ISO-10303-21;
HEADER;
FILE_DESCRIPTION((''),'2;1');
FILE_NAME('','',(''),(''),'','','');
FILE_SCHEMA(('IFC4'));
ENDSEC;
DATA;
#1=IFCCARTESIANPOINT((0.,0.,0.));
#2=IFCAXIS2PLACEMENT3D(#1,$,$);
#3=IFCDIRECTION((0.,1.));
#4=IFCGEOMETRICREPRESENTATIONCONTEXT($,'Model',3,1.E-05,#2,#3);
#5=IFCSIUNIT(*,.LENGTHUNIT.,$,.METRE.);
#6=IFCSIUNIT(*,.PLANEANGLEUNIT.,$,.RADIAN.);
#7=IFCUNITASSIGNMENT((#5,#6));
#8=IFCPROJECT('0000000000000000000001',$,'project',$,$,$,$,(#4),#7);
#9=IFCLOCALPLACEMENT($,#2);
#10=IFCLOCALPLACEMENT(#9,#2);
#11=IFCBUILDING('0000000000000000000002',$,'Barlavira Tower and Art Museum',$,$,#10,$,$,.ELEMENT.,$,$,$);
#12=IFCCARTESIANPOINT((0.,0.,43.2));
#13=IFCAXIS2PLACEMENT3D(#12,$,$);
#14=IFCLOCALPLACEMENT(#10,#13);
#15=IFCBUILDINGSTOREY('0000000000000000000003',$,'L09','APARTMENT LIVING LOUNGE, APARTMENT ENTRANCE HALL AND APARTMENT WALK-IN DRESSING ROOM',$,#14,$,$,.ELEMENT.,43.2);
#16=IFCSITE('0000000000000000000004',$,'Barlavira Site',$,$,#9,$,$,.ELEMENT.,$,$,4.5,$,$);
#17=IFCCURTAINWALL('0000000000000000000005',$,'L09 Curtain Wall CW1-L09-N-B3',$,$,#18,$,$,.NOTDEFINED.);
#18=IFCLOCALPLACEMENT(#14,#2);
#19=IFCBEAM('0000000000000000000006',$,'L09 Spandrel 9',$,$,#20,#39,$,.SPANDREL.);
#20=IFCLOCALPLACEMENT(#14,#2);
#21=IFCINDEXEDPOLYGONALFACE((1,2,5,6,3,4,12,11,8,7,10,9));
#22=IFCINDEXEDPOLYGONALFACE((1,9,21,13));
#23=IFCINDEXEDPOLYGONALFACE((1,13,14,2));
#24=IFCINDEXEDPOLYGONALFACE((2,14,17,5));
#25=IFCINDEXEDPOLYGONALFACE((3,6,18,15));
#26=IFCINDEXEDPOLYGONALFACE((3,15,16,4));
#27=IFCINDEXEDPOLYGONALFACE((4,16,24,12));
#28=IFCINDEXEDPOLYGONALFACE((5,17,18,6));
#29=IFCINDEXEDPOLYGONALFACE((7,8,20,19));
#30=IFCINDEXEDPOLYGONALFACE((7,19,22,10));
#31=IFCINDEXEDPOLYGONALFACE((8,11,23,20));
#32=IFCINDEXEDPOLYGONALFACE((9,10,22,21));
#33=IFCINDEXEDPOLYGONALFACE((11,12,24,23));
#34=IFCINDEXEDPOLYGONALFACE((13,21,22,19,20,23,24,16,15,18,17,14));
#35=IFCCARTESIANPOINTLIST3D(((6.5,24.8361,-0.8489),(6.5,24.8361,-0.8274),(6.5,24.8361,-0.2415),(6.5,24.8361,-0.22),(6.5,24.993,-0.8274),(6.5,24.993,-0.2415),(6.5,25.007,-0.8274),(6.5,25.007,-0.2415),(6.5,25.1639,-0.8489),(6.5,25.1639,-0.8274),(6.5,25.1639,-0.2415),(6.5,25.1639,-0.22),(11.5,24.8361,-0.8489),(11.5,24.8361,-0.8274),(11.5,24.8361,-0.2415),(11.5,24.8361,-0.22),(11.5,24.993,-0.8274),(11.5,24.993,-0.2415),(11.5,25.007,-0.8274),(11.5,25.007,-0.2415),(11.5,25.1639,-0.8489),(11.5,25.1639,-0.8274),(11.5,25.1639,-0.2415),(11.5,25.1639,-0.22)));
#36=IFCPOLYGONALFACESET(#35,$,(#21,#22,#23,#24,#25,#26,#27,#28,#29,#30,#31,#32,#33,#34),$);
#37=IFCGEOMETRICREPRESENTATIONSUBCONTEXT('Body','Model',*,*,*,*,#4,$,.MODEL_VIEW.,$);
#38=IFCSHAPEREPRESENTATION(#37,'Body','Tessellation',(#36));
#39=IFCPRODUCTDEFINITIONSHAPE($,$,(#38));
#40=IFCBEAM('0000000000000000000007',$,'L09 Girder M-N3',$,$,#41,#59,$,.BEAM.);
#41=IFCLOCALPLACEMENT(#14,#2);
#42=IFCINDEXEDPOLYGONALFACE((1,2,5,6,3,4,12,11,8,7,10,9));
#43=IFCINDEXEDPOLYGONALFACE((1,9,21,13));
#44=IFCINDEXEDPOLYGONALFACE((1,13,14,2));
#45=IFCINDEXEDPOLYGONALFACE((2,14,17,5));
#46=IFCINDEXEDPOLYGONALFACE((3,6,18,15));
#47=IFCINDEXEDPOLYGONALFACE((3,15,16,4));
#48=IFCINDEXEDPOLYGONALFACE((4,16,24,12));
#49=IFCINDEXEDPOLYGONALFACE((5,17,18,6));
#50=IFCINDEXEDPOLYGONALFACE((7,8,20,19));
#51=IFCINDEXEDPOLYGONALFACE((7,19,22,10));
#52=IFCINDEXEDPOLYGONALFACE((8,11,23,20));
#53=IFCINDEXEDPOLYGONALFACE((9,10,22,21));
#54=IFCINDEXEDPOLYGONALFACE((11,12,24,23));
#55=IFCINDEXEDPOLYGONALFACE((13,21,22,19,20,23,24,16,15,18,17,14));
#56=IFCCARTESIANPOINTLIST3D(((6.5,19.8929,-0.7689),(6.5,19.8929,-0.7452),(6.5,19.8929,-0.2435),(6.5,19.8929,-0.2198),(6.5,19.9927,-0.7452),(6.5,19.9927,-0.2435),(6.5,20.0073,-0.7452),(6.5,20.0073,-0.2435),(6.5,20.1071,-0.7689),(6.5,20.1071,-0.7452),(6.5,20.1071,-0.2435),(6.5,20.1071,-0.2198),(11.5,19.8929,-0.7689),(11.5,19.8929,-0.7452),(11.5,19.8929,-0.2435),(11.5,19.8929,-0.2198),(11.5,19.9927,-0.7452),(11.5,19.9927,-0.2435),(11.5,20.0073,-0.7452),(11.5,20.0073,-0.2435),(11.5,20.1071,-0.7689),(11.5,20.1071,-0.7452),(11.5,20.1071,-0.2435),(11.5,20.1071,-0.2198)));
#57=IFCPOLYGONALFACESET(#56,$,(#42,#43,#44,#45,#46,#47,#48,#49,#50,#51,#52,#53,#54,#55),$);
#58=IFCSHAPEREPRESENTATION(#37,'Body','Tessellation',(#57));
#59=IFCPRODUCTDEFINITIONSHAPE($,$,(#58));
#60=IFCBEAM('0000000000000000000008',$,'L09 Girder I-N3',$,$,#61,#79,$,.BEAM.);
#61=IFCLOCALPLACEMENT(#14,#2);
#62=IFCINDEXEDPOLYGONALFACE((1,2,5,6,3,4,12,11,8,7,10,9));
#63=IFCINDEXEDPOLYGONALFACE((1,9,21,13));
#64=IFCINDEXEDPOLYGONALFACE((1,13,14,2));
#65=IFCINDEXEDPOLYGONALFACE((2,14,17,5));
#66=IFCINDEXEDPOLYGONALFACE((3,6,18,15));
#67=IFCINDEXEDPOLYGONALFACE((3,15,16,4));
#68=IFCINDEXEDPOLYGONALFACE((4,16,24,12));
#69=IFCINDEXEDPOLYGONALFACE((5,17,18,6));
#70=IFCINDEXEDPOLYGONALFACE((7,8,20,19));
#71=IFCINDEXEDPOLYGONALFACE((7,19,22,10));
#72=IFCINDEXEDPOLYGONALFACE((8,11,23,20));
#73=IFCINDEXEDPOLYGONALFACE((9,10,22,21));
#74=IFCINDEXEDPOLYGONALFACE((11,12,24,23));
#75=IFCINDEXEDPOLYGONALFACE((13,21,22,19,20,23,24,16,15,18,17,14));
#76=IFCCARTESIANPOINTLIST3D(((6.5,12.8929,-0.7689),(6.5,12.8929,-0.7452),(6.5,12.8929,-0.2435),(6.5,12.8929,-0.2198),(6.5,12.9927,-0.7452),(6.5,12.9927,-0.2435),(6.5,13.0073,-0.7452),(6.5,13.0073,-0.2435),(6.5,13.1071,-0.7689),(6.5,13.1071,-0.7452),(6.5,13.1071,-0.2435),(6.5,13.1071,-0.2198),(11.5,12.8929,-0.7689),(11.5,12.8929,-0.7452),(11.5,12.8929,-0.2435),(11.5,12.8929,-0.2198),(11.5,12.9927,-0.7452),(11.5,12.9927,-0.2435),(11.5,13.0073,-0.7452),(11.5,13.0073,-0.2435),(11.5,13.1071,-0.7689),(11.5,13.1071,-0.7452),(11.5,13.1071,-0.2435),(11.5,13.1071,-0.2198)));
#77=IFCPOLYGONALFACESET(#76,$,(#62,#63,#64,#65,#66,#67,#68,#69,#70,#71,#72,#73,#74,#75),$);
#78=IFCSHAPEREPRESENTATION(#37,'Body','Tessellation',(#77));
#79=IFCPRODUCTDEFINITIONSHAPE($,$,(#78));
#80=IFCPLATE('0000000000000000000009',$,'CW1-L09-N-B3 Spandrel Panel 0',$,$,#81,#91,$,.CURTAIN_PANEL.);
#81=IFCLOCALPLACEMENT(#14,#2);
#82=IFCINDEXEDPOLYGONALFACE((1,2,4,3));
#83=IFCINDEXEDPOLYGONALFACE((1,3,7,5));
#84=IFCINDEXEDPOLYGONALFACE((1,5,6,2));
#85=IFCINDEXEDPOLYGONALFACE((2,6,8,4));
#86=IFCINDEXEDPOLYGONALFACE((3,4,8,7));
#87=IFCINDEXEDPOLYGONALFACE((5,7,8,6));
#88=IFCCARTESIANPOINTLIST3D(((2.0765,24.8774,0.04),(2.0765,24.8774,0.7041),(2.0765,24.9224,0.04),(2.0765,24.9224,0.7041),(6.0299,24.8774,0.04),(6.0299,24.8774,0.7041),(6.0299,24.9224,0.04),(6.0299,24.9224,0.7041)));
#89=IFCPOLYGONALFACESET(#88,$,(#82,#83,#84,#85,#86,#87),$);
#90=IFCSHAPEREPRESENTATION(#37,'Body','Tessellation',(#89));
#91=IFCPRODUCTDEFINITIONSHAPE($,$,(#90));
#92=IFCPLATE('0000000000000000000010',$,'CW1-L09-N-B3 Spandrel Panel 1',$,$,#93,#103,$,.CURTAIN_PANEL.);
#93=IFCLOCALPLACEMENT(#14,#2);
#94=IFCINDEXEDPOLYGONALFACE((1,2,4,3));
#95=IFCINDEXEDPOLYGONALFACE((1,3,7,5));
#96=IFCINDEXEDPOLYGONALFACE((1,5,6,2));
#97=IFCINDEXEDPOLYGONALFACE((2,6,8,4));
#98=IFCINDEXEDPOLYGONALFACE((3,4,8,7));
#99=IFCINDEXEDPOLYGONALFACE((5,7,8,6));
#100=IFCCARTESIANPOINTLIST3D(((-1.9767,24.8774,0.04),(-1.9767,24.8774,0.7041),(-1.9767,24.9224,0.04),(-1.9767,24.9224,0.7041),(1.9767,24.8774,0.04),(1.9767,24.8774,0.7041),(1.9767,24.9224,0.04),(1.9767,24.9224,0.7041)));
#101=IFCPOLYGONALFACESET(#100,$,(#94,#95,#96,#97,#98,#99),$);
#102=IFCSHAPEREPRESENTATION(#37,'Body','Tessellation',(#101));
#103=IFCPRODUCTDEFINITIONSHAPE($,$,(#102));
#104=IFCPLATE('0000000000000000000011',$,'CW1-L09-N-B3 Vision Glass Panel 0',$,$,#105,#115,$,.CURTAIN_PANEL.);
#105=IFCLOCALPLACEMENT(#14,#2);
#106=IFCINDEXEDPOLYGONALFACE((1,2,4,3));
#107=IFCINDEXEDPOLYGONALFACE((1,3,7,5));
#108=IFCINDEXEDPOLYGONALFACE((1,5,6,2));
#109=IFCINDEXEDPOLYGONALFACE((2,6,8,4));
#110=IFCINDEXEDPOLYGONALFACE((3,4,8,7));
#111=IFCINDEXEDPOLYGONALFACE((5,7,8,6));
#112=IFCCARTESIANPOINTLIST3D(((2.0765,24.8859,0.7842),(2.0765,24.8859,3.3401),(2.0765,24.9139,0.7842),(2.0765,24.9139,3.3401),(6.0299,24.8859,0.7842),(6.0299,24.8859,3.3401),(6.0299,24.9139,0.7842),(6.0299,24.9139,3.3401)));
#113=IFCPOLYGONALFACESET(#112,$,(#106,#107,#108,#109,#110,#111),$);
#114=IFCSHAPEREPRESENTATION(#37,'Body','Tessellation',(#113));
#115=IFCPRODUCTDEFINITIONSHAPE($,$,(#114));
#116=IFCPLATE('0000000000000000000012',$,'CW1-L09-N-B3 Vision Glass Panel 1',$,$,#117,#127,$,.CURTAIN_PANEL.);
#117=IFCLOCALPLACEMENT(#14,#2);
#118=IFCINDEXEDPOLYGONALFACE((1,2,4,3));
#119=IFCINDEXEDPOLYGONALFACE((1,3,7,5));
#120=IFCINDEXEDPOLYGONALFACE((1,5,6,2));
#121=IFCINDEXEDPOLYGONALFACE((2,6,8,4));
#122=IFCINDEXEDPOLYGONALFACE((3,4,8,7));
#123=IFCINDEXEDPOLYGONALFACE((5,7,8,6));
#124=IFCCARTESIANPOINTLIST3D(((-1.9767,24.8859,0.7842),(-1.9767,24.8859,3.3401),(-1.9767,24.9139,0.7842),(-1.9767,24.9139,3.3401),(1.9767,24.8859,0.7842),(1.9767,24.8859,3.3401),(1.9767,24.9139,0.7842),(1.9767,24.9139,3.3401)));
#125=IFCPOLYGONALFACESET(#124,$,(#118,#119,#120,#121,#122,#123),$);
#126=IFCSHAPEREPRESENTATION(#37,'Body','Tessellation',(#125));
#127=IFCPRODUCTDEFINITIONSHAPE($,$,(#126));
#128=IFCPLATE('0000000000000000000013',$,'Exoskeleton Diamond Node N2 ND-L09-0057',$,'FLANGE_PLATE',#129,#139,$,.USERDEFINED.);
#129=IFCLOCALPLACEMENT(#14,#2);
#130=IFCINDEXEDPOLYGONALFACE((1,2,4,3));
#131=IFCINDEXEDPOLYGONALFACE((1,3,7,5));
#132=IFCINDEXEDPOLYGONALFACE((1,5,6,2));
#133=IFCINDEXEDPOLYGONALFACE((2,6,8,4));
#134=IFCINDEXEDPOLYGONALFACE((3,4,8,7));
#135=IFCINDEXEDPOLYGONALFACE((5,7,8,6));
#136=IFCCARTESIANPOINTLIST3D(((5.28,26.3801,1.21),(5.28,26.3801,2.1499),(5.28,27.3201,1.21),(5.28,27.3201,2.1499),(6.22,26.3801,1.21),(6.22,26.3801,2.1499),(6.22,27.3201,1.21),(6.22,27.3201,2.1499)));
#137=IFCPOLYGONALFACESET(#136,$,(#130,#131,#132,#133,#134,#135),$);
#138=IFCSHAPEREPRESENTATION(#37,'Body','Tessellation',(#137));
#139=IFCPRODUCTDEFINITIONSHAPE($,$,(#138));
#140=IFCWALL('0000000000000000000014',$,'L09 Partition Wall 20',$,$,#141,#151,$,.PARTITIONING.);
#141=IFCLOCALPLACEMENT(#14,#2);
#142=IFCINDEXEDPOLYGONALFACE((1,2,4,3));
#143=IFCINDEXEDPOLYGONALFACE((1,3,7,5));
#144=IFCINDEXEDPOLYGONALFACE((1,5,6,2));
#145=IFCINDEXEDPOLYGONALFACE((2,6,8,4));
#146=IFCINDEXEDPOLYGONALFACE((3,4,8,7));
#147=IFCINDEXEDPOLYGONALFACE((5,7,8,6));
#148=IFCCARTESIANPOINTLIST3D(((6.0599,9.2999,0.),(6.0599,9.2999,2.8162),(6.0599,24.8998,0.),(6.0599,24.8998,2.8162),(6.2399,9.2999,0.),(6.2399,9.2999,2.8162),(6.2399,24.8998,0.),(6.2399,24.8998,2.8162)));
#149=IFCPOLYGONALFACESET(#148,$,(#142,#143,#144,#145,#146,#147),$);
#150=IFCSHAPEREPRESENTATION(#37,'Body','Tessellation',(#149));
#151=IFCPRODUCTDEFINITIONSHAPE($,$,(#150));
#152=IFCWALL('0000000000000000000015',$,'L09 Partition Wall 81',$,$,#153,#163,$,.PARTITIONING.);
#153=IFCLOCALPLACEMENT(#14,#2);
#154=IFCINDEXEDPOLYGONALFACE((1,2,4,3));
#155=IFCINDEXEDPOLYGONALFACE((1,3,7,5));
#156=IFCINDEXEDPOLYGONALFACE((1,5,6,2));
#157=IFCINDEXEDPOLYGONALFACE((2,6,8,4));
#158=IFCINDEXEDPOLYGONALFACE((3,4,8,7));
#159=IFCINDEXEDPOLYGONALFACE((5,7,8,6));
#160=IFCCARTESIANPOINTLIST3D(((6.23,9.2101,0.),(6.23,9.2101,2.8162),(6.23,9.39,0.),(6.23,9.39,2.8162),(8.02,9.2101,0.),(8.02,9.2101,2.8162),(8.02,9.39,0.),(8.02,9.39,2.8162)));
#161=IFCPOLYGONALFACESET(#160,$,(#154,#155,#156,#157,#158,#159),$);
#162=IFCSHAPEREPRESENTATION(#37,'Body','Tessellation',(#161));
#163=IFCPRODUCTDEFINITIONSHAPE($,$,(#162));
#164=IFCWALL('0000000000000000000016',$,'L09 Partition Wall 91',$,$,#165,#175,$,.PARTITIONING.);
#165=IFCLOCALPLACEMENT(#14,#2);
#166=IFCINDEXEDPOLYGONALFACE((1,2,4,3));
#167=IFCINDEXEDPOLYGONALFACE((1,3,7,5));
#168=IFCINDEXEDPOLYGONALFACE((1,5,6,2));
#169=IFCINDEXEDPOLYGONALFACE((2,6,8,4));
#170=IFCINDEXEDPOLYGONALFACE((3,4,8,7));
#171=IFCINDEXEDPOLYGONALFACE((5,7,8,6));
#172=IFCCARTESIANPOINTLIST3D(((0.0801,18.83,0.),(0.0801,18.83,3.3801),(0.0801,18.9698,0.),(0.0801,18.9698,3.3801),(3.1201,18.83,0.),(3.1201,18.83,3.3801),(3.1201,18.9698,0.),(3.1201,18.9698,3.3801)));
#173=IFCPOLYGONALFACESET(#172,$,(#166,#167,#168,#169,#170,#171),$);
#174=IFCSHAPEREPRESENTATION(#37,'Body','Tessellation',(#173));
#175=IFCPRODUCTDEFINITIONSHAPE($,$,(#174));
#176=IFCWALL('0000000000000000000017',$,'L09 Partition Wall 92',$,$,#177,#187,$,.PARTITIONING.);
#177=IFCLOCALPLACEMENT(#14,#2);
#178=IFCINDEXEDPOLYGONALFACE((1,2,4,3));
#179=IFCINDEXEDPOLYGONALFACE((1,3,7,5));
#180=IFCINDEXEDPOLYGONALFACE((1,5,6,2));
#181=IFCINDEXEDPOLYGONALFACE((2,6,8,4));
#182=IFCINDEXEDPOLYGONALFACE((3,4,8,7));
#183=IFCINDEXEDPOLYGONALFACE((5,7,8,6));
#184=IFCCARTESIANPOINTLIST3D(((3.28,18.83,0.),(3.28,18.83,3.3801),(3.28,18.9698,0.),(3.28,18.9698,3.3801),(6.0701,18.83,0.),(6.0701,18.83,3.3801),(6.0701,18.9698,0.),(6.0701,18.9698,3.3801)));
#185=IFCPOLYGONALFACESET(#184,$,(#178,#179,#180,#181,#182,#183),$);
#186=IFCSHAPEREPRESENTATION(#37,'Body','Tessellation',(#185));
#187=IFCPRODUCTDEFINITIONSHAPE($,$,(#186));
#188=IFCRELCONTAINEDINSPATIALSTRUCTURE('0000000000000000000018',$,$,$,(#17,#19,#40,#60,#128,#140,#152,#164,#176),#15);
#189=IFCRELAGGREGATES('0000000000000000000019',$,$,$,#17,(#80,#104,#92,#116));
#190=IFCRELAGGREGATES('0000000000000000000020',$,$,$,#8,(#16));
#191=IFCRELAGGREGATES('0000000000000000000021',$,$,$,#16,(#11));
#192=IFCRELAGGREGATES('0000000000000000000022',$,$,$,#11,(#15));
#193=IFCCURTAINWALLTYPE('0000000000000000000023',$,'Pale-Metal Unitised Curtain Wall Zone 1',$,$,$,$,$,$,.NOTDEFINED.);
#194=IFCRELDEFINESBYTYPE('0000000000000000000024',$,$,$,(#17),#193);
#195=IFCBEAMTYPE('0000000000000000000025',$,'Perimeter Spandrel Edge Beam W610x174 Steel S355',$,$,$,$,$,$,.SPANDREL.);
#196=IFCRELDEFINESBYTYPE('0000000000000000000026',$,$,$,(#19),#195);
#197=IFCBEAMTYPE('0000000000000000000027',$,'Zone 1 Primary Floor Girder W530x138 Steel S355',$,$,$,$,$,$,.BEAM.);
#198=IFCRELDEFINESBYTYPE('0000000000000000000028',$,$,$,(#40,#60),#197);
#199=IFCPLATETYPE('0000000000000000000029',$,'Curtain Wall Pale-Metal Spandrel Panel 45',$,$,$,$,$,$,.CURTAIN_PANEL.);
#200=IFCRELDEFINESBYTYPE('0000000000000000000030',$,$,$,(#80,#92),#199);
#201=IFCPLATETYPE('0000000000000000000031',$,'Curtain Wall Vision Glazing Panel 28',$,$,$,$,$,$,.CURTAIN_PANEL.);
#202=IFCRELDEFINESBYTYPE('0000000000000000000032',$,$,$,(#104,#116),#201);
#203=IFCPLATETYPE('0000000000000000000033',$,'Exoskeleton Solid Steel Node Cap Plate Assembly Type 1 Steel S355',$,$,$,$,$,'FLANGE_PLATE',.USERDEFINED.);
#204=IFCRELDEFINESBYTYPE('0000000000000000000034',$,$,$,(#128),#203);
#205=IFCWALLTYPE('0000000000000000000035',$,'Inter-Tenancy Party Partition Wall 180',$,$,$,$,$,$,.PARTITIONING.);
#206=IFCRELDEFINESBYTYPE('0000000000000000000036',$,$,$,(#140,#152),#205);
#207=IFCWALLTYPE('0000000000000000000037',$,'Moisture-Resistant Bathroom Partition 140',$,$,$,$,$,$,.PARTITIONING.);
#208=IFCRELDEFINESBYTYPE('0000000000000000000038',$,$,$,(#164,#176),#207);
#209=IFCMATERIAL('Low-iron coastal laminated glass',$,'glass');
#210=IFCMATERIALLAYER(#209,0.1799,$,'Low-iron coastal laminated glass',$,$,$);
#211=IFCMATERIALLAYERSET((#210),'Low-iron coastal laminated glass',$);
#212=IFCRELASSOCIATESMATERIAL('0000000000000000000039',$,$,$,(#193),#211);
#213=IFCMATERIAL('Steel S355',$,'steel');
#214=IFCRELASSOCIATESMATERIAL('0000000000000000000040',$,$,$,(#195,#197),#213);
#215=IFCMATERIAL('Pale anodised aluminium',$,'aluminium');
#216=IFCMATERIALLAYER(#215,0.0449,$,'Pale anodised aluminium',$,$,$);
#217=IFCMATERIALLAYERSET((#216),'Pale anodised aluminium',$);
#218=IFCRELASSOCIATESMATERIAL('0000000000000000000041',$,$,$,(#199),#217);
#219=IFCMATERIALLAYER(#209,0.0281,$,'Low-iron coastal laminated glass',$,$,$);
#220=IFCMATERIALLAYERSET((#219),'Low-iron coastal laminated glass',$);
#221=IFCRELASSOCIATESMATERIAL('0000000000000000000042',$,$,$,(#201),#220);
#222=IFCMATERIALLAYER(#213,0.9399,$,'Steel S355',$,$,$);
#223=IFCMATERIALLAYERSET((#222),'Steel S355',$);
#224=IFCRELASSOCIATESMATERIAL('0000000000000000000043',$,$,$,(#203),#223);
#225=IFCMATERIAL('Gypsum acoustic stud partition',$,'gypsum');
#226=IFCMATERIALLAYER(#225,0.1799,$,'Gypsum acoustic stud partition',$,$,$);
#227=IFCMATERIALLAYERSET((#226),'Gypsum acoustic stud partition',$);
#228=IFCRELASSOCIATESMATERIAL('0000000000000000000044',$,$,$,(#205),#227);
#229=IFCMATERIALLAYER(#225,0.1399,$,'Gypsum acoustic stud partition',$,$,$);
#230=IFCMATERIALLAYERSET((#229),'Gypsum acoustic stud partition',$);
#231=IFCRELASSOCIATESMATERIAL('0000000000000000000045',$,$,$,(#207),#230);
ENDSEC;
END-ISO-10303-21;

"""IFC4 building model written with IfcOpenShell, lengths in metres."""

from ifc_helpers import new_model, si_unit, direction, frame, frame_2d, origin, origin_2d, place, context, subcontext, project, spatial, rectangle, i_section, extrude, material, layer, layer_set, material_profile, profile_set, type_object, element, aggregate, save


model = new_model("IFC4")

# Units and contexts
model_context = context("Model", 3, precision=1e-05, world=origin(), true_north=direction((0.0, 1.0)))
body_context = subcontext(model_context, "Body", "Model", "MODEL_VIEW")
ifc_project = project(units=[si_unit("LENGTHUNIT", "METRE"), si_unit("PLANEANGLEUNIT", "RADIAN")], contexts=[model_context])

# Site, building, storey
site_placement = place(None, origin())
site = spatial("IfcSite", under=ifc_project, at=site_placement, Name="Barlavira Site", CompositionType="ELEMENT", RefElevation=4.5)
building_placement = place(site_placement, origin())
building = spatial("IfcBuilding", under=site, at=building_placement, Name="Barlavira Tower and Art Museum", CompositionType="ELEMENT")
storey_placement = place(building_placement, frame((0.0, 0.0, 43.2)))
storey = spatial("IfcBuildingStorey", under=building, at=storey_placement, Name="L09", Description="APARTMENT LIVING LOUNGE, APARTMENT ENTRANCE HALL AND APARTMENT WALK-IN DRESSING ROOM", CompositionType="ELEMENT", Elevation=43.2)

# Curtain wall
ifc_material_1 = material(Name="Low-iron coastal laminated glass", Category="glass")
ifc_layer_1 = layer(ifc_material_1, 0.1799, Name="Low-iron coastal laminated glass")
ifc_layer_set_1 = layer_set([ifc_layer_1], Name="Low-iron coastal laminated glass")
curtain_wall_type = type_object("IfcCurtainWallType", Name="Pale-Metal Unitised Curtain Wall Zone 1", PredefinedType="NOTDEFINED", material=ifc_layer_set_1)
curtain_wall_placement = place(storey_placement, origin())
curtain_wall = element("IfcCurtainWall", 1, at=curtain_wall_placement, inside=storey, type_object=curtain_wall_type, Name="L09 Curtain Wall CW1-L09-N-B3", PredefinedType="NOTDEFINED")
ifc_material_2 = material(Name="Pale anodised aluminium", Category="aluminium")

# Beams
ifc_material_3 = material(Name="Steel S355", Category="steel")
ifc_material_profile_1 = material_profile(ifc_material_3, i_section(OverallWidth=0.3279, OverallDepth=0.6289, WebThickness=0.0139, FlangeThickness=0.0215, at=origin_2d()), Name="W610x174.0")
ifc_profile_set_1 = profile_set([ifc_material_profile_1], Name="Steel S355")
beam_type_1 = type_object("IfcBeamType", Name="Perimeter Spandrel Edge Beam W610x174 Steel S355", PredefinedType="SPANDREL", material=ifc_profile_set_1)
beam_placement = place(storey_placement, frame((6.5, 25.0, -0.5344), z_axis=(1.0, 0.0, 0.0), x_axis=(0.0, 1.0, 0.0)))
element("IfcBeam", 2, at=beam_placement, inside=storey, type_object=beam_type_1, Name="L09 Spandrel 9", PredefinedType="SPANDREL", context=body_context, shape_type="SweptSolid", body=[
    extrude(i_section(OverallWidth=0.3279, OverallDepth=0.6289, WebThickness=0.0139, FlangeThickness=0.0215, at=origin_2d()), origin(), (0.0, 0.0, 1.0), 5.0),
])
ifc_material_profile_2 = material_profile(ifc_material_3, i_section(OverallWidth=0.2141, OverallDepth=0.5491, WebThickness=0.0146, FlangeThickness=0.0237, at=origin_2d()), Name="W530x138.0")
ifc_profile_set_2 = profile_set([ifc_material_profile_2], Name="Steel S355")
beam_type_2 = type_object("IfcBeamType", Name="Zone 1 Primary Floor Girder W530x138 Steel S355", PredefinedType="BEAM", material=ifc_profile_set_2)
for number, where, z_axis, x_axis, name in (
    (3, (6.5, 20.0, -0.4944), (1.0, 0.0, 0.0), (0.0, 1.0, 0.0), "L09 Girder M-N3"),
    (4, (6.5, 13.0, -0.4944), (1.0, 0.0, 0.0), (0.0, 1.0, 0.0), "L09 Girder I-N3"),
):
    element("IfcBeam", number, at=place(storey_placement, frame(where, z_axis=z_axis, x_axis=x_axis)), inside=storey, type_object=beam_type_2, Name=name, PredefinedType="BEAM", context=body_context, shape_type="SweptSolid", body=[
        extrude(i_section(OverallWidth=0.2141, OverallDepth=0.5491, WebThickness=0.0146, FlangeThickness=0.0237, at=origin_2d()), origin(), (0.0, 0.0, 1.0), 5.0),
    ])

# Plates
ifc_layer_2 = layer(ifc_material_2, 0.0449, Name="Pale anodised aluminium")
ifc_layer_set_2 = layer_set([ifc_layer_2], Name="Pale anodised aluminium")
plate_type_1 = type_object("IfcPlateType", Name="Curtain Wall Pale-Metal Spandrel Panel 45", PredefinedType="CURTAIN_PANEL", material=ifc_layer_set_2)
plate_1_placement = place(storey_placement, frame((4.0532, 24.8999, 0.04), z_axis=(0.0, 0.0, 1.0), x_axis=(-1.0, 0.0, 0.0)))
plate_1 = element("IfcPlate", 5, at=plate_1_placement, type_object=plate_type_1, Name="CW1-L09-N-B3 Spandrel Panel 0", PredefinedType="CURTAIN_PANEL", context=body_context, shape_type="SweptSolid", body=[
    extrude(rectangle(XDim=3.9534, YDim=0.0449, at=origin_2d()), origin(), (0.0, 0.0, 1.0), 0.6641),
])
plate_2_placement = place(storey_placement, frame((0.0, 24.8999, 0.04), z_axis=(0.0, 0.0, 1.0), x_axis=(-1.0, 0.0, 0.0)))
plate_2 = element("IfcPlate", 6, at=plate_2_placement, type_object=plate_type_1, Name="CW1-L09-N-B3 Spandrel Panel 1", PredefinedType="CURTAIN_PANEL", context=body_context, shape_type="SweptSolid", body=[
    extrude(rectangle(XDim=3.9534, YDim=0.0449, at=origin_2d()), origin(), (0.0, 0.0, 1.0), 0.6641),
])
ifc_layer_3 = layer(ifc_material_1, 0.0281, Name="Low-iron coastal laminated glass")
ifc_layer_set_3 = layer_set([ifc_layer_3], Name="Low-iron coastal laminated glass")
plate_type_2 = type_object("IfcPlateType", Name="Curtain Wall Vision Glazing Panel 28", PredefinedType="CURTAIN_PANEL", material=ifc_layer_set_3)
plate_3_placement = place(storey_placement, frame((4.0532, 24.8999, 0.7842), z_axis=(0.0, 0.0, 1.0), x_axis=(-1.0, 0.0, 0.0)))
plate_3 = element("IfcPlate", 7, at=plate_3_placement, type_object=plate_type_2, Name="CW1-L09-N-B3 Vision Glass Panel 0", PredefinedType="CURTAIN_PANEL", context=body_context, shape_type="SweptSolid", body=[
    extrude(rectangle(XDim=3.9534, YDim=0.0281, at=origin_2d()), origin(), (0.0, 0.0, 1.0), 2.5559),
])
plate_4_placement = place(storey_placement, frame((0.0, 24.8999, 0.7842), z_axis=(0.0, 0.0, 1.0), x_axis=(-1.0, 0.0, 0.0)))
plate_4 = element("IfcPlate", 8, at=plate_4_placement, type_object=plate_type_2, Name="CW1-L09-N-B3 Vision Glass Panel 1", PredefinedType="CURTAIN_PANEL", context=body_context, shape_type="SweptSolid", body=[
    extrude(rectangle(XDim=3.9534, YDim=0.0281, at=origin_2d()), origin(), (0.0, 0.0, 1.0), 2.5559),
])
aggregate(curtain_wall, [plate_1, plate_3, plate_2, plate_4])
ifc_layer_4 = layer(ifc_material_3, 0.9399, Name="Steel S355")
ifc_layer_set_4 = layer_set([ifc_layer_4], Name="Steel S355")
plate_type_3 = type_object("IfcPlateType", Name="Exoskeleton Solid Steel Node Cap Plate Assembly Type 1 Steel S355", ElementType="FLANGE_PLATE", PredefinedType="USERDEFINED", material=ifc_layer_set_4)
plate_5_placement = place(storey_placement, frame((5.75, 26.8501, 1.21), z_axis=(0.0, 0.0, 1.0), x_axis=(1.0, 0.0, 0.0)))
element("IfcPlate", 9, at=plate_5_placement, inside=storey, type_object=plate_type_3, Name="Exoskeleton Diamond Node N2 ND-L09-0057", ObjectType="FLANGE_PLATE", PredefinedType="USERDEFINED", context=body_context, shape_type="SweptSolid", body=[
    extrude(rectangle(XDim=0.9399, YDim=0.9399, at=origin_2d()), origin(), (0.0, 0.0, 1.0), 0.9399),
])

# Walls
ifc_material_4 = material(Name="Gypsum acoustic stud partition", Category="gypsum")
ifc_layer_5 = layer(ifc_material_4, 0.1799, Name="Gypsum acoustic stud partition")
ifc_layer_set_5 = layer_set([ifc_layer_5], Name="Gypsum acoustic stud partition")
wall_type_1 = type_object("IfcWallType", Name="Inter-Tenancy Party Partition Wall 180", PredefinedType="PARTITIONING", material=ifc_layer_set_5)
wall_1_placement = place(storey_placement, frame((6.1499, 9.3, 0.0), z_axis=(0.0, 0.0, 1.0), x_axis=(0.0, 1.0, 0.0)))
element("IfcWall", 10, at=wall_1_placement, inside=storey, type_object=wall_type_1, Name="L09 Partition Wall 20", PredefinedType="PARTITIONING", context=body_context, shape_type="SweptSolid", body=[
    extrude(rectangle(XDim=15.5999, YDim=0.1799, at=frame_2d((7.7998, 0.0))), origin(), (0.0, 0.0, 1.0), 2.8162),
])
wall_2_placement = place(storey_placement, frame((6.23, 9.3, 0.0), z_axis=(0.0, 0.0, 1.0), x_axis=(1.0, 0.0, 0.0)))
element("IfcWall", 11, at=wall_2_placement, inside=storey, type_object=wall_type_1, Name="L09 Partition Wall 81", PredefinedType="PARTITIONING", context=body_context, shape_type="SweptSolid", body=[
    extrude(rectangle(XDim=1.79, YDim=0.1799, at=frame_2d((0.895, 0.0))), origin(), (0.0, 0.0, 1.0), 2.8162),
])
ifc_layer_6 = layer(ifc_material_4, 0.1399, Name="Gypsum acoustic stud partition")
ifc_layer_set_6 = layer_set([ifc_layer_6], Name="Gypsum acoustic stud partition")
wall_type_2 = type_object("IfcWallType", Name="Moisture-Resistant Bathroom Partition 140", PredefinedType="PARTITIONING", material=ifc_layer_set_6)
wall_3_placement = place(storey_placement, frame((0.0801, 18.8999, 0.0), z_axis=(0.0, 0.0, 1.0), x_axis=(1.0, 0.0, 0.0)))
element("IfcWall", 12, at=wall_3_placement, inside=storey, type_object=wall_type_2, Name="L09 Partition Wall 91", PredefinedType="PARTITIONING", context=body_context, shape_type="SweptSolid", body=[
    extrude(rectangle(XDim=3.04, YDim=0.1399, at=frame_2d((1.52, 0.0))), origin(), (0.0, 0.0, 1.0), 3.3801),
])
wall_4_placement = place(storey_placement, frame((3.28, 18.8999, 0.0), z_axis=(0.0, 0.0, 1.0), x_axis=(1.0, 0.0, 0.0)))
element("IfcWall", 13, at=wall_4_placement, inside=storey, type_object=wall_type_2, Name="L09 Partition Wall 92", PredefinedType="PARTITIONING", context=body_context, shape_type="SweptSolid", body=[
    extrude(rectangle(XDim=2.79, YDim=0.1399, at=frame_2d((1.395, 0.0))), origin(), (0.0, 0.0, 1.0), 3.3801),
])

save(model, "model.ifc")
